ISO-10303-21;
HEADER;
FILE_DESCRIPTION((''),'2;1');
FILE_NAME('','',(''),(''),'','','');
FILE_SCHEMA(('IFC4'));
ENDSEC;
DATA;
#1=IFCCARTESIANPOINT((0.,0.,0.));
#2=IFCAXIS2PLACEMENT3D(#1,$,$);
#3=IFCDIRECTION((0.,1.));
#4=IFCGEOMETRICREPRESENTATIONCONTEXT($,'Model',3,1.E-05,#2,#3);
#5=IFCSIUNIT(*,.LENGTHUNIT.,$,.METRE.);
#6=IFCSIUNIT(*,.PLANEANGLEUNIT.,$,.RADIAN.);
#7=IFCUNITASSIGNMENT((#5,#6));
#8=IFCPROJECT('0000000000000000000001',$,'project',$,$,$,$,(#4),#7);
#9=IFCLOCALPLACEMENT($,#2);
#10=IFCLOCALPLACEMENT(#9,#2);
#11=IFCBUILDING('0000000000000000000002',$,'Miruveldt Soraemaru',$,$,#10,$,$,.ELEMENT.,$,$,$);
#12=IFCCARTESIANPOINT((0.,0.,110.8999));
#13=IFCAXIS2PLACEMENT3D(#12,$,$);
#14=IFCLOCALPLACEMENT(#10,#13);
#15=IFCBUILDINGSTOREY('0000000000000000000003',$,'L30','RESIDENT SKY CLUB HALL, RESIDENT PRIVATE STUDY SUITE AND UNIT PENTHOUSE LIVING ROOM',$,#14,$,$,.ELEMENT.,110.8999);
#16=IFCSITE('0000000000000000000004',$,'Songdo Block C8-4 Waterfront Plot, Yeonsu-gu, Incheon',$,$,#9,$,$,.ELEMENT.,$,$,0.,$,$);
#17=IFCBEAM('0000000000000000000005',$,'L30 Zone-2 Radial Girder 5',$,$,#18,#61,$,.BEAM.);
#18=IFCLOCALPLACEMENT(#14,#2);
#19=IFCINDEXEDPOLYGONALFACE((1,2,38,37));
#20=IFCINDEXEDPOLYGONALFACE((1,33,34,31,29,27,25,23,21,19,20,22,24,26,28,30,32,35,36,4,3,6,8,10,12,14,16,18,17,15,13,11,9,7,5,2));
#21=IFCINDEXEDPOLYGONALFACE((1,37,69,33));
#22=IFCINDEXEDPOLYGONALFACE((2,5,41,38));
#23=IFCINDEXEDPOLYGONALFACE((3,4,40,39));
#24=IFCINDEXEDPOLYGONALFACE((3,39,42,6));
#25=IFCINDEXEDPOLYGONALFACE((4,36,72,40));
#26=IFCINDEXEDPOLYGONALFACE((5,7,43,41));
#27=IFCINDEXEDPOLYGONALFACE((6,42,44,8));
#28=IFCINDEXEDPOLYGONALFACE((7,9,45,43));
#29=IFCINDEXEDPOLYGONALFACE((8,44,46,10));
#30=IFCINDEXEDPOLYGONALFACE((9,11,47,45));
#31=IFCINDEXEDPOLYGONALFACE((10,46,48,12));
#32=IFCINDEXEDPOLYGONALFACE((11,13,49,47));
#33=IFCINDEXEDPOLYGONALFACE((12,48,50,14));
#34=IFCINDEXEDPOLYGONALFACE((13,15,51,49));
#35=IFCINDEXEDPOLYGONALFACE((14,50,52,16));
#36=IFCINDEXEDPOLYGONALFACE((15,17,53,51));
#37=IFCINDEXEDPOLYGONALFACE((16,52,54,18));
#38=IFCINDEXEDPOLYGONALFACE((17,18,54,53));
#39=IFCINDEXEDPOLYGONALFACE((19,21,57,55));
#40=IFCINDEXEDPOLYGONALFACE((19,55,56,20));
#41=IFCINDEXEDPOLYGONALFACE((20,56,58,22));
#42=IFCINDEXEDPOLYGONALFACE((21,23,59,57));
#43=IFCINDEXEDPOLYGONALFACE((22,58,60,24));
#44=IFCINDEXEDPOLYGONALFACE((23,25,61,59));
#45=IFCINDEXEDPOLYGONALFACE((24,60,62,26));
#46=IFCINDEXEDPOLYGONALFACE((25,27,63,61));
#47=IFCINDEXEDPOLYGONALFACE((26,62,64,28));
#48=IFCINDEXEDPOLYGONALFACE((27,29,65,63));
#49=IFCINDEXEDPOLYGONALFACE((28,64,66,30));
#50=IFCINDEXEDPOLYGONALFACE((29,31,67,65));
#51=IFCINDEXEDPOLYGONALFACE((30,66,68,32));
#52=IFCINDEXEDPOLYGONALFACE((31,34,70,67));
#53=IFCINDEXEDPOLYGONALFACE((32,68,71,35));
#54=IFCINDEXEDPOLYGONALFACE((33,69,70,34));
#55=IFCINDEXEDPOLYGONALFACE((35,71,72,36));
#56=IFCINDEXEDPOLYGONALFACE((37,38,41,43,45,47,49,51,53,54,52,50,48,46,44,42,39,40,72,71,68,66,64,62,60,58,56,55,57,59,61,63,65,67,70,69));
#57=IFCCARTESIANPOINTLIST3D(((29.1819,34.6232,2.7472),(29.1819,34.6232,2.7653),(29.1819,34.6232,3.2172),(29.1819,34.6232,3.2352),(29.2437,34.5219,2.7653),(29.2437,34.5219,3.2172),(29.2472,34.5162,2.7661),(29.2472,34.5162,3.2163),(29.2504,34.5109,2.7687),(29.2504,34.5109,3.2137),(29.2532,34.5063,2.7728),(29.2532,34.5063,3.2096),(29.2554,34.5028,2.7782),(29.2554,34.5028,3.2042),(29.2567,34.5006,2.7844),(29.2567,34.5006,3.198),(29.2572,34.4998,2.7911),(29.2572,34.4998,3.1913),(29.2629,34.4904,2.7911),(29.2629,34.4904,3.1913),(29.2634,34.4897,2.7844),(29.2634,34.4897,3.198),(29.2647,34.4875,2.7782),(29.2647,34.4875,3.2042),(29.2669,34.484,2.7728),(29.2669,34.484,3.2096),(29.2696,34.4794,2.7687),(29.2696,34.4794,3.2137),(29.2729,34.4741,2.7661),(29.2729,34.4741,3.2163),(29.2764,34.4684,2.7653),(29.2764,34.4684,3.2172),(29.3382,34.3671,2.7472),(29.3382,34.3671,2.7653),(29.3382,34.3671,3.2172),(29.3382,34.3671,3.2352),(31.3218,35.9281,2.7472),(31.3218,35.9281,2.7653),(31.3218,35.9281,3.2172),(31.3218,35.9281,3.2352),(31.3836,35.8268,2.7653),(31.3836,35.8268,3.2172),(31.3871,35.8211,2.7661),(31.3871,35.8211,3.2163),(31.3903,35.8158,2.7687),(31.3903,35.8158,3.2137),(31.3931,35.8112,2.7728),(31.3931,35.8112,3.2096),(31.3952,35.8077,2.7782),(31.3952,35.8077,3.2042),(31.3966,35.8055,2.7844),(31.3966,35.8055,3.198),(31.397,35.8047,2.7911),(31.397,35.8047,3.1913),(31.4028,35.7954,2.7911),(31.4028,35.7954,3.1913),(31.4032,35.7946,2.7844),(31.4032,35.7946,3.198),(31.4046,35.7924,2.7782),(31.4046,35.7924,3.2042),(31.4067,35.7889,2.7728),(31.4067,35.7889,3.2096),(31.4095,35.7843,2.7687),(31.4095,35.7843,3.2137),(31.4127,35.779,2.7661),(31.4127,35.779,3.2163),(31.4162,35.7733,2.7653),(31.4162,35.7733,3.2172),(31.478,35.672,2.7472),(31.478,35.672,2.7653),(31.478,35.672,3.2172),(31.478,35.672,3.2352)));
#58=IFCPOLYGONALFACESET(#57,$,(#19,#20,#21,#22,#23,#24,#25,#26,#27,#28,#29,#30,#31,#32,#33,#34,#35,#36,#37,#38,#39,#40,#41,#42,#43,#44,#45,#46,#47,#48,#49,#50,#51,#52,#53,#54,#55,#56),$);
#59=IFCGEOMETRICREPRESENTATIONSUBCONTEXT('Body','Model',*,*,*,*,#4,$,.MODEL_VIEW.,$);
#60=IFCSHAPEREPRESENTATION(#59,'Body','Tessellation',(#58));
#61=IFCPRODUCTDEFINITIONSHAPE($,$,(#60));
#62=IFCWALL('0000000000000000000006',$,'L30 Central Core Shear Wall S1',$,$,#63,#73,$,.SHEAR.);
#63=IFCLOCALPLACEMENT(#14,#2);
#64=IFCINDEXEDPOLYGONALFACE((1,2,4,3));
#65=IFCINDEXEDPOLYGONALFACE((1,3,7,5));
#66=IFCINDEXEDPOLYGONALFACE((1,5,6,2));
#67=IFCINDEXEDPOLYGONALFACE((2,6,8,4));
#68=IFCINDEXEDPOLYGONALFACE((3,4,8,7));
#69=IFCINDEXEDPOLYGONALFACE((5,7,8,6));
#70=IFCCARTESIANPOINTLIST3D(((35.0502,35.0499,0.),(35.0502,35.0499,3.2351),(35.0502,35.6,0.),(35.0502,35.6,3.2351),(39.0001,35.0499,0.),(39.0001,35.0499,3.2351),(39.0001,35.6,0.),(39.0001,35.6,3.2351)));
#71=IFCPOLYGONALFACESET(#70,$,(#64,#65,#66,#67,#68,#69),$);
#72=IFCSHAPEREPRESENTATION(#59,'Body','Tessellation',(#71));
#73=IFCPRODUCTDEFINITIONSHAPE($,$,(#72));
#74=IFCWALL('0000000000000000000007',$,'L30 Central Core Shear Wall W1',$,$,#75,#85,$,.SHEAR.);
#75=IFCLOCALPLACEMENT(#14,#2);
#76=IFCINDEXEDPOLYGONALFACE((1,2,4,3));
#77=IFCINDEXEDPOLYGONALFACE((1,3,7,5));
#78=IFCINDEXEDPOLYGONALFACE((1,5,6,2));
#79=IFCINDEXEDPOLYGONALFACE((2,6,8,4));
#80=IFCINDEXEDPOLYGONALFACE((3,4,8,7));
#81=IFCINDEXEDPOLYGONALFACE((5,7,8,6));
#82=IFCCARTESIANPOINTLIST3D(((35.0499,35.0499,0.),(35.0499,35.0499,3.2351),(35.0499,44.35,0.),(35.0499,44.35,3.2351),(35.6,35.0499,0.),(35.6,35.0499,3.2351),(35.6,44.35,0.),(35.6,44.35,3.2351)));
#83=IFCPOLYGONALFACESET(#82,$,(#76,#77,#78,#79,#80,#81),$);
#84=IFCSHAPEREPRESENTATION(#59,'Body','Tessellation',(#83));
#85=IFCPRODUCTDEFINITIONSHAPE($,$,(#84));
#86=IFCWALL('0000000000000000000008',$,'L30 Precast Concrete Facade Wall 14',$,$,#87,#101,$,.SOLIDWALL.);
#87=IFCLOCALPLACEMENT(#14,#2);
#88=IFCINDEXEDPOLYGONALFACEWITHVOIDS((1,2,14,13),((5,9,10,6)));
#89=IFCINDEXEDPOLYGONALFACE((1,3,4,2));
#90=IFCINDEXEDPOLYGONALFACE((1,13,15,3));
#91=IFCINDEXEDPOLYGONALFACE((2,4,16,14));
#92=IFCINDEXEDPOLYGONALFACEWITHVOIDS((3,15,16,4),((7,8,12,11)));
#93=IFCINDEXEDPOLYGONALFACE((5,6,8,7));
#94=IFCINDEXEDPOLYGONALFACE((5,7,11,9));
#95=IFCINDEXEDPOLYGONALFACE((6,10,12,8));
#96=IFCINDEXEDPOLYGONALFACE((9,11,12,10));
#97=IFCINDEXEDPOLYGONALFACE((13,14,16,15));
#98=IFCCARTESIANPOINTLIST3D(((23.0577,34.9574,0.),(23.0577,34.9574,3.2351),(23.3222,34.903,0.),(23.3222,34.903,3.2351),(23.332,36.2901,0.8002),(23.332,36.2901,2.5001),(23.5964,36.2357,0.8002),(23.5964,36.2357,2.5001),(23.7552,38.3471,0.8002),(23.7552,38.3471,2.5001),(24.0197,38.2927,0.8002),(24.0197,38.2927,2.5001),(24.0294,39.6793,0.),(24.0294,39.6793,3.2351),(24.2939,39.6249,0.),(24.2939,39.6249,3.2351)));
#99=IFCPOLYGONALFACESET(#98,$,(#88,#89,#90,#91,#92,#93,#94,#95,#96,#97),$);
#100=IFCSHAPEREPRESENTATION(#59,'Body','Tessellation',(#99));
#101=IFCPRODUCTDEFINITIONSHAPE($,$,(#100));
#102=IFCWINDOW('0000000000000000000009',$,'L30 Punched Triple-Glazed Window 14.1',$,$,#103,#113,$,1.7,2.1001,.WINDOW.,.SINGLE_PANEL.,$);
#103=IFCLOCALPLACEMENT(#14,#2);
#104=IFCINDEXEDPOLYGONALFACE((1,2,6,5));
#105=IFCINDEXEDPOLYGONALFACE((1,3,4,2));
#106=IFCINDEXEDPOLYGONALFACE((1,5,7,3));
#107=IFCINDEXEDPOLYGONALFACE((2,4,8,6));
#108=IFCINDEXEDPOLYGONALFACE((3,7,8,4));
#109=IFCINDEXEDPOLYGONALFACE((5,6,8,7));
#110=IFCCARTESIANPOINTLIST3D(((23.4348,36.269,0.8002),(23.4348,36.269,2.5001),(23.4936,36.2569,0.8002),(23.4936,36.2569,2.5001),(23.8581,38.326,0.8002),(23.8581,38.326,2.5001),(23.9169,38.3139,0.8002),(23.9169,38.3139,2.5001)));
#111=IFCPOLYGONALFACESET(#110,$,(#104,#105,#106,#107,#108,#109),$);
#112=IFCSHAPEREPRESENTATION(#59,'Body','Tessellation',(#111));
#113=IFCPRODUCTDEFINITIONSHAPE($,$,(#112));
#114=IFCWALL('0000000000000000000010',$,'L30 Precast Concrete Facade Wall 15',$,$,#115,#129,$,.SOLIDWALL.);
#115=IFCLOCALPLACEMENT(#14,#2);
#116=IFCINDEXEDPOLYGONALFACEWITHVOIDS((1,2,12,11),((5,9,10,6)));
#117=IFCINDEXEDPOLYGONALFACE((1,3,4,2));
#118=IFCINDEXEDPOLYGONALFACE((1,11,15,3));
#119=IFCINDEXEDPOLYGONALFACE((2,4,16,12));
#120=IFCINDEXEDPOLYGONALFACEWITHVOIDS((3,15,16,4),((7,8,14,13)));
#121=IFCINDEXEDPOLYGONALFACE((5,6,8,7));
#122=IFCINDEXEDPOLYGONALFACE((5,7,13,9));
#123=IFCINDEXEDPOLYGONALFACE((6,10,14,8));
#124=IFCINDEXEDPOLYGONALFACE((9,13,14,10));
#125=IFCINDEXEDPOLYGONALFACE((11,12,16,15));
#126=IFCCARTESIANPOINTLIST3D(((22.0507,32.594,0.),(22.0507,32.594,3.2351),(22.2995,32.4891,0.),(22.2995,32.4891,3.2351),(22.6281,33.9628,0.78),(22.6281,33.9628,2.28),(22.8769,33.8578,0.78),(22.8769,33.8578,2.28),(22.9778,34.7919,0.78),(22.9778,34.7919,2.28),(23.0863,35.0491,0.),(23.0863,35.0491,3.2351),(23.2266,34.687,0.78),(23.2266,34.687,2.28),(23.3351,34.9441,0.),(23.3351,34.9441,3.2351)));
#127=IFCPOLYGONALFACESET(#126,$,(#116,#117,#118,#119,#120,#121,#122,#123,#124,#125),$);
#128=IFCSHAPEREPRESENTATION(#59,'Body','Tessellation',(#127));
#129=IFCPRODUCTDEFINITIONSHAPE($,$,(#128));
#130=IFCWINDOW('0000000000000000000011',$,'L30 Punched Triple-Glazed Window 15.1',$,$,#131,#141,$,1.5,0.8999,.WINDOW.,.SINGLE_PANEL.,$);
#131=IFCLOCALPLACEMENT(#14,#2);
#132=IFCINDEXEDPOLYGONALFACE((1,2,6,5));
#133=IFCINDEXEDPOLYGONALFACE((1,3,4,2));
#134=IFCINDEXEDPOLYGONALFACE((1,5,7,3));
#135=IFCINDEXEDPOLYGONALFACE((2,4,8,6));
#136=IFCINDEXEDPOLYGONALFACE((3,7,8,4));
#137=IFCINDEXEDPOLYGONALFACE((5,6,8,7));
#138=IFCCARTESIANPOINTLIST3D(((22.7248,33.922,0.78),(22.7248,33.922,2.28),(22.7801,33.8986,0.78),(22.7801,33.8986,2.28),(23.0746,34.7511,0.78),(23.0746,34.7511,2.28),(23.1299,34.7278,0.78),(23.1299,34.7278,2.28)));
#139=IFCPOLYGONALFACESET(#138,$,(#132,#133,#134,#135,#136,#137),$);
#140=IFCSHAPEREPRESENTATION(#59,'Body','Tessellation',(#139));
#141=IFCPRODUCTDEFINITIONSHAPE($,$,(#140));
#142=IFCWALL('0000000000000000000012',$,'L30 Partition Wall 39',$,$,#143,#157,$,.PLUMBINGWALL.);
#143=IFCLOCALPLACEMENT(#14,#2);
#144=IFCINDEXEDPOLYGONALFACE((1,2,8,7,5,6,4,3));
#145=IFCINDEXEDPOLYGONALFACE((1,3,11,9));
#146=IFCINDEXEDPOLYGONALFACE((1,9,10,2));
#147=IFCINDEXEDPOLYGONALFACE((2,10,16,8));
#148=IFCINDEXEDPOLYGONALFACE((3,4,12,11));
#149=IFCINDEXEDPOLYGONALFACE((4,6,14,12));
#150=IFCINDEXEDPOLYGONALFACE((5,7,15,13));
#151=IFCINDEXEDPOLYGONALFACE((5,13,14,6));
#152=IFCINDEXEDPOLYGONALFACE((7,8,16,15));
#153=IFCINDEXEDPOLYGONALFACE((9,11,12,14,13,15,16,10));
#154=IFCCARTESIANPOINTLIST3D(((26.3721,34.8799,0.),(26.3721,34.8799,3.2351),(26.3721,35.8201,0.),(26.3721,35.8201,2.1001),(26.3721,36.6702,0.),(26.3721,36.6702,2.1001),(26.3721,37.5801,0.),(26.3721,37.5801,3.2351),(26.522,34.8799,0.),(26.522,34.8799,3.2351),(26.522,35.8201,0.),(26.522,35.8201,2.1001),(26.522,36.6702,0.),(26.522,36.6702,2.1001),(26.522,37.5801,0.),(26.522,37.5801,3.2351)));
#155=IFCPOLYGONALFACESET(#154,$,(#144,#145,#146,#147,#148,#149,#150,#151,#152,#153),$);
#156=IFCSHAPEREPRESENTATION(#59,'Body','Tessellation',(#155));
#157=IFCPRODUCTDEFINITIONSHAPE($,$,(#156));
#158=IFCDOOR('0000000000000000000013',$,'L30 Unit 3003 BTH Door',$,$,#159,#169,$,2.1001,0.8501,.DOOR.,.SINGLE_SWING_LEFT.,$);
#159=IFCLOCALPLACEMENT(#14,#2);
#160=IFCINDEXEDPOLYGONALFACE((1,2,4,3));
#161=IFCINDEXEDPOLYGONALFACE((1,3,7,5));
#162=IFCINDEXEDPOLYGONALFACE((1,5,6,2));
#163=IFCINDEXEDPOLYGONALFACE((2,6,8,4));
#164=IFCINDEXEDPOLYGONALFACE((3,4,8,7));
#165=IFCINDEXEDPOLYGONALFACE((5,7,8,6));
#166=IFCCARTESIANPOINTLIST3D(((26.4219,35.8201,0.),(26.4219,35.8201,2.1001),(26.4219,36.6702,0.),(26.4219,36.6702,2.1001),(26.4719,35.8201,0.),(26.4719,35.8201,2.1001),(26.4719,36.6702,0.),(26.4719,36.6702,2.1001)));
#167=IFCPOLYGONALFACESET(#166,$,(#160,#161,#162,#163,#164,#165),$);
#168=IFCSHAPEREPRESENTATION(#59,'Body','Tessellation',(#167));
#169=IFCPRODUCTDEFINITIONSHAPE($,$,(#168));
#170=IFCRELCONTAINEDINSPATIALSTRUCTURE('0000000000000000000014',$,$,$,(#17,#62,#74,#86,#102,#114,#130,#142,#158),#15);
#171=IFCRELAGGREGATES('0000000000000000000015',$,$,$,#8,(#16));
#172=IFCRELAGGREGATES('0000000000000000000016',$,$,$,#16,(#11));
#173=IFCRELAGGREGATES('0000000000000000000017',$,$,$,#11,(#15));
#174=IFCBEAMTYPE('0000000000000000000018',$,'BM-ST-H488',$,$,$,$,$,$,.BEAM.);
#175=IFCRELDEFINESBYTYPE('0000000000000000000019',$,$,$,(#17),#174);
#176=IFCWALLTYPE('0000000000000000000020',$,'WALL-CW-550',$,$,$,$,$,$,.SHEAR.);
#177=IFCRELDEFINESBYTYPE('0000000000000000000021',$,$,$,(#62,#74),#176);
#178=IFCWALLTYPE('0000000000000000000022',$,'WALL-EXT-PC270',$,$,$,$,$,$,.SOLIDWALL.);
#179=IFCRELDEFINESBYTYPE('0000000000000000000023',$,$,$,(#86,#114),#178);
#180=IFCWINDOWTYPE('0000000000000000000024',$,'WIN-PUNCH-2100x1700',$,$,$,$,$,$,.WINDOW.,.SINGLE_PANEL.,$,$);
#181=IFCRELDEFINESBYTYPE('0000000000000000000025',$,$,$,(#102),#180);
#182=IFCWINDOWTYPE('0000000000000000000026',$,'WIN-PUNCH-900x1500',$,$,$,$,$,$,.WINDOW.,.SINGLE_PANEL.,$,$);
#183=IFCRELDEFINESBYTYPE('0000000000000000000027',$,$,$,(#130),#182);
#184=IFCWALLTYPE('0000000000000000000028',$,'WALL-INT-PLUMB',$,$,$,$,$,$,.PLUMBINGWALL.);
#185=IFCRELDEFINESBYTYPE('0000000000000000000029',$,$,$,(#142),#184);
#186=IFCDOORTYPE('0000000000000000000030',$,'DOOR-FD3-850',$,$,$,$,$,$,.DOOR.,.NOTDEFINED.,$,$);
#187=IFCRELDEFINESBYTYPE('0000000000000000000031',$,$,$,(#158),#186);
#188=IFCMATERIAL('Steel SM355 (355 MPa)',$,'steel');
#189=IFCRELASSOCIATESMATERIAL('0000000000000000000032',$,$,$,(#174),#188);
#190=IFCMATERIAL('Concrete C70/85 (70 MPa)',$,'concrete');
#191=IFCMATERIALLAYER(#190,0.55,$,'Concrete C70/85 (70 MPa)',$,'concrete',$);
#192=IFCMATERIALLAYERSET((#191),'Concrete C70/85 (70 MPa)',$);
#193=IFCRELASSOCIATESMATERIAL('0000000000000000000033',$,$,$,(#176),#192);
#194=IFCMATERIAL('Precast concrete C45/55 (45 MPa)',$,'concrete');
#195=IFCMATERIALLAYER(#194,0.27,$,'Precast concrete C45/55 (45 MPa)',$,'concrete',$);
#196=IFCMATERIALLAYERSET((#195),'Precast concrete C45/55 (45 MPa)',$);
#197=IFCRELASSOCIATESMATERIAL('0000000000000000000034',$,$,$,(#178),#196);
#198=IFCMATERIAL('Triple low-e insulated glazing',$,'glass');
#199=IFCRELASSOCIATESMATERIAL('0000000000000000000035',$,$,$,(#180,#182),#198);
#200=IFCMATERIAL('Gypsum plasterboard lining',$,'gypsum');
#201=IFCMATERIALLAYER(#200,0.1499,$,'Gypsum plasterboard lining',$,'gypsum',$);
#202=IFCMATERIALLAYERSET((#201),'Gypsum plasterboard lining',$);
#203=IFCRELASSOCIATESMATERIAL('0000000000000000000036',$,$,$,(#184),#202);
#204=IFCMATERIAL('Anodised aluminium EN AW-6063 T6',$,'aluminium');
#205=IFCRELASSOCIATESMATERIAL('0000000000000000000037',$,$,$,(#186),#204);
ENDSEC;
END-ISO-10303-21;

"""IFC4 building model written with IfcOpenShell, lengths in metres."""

from ifc_helpers import new_model, si_unit, direction, frame, frame_2d, origin, origin_2d, place, context, subcontext, project, spatial, rectangle, i_section, extrude, material, layer, layer_set, material_profile, profile_set, type_object, element, fill, save


model = new_model("IFC4")

# Units and contexts
model_context = context("Model", 3, precision=1e-05, world=origin(), true_north=direction((0.0, 1.0)))
body_context = subcontext(model_context, "Body", "Model", "MODEL_VIEW")
ifc_project = project(units=[si_unit("LENGTHUNIT", "METRE"), si_unit("PLANEANGLEUNIT", "RADIAN")], contexts=[model_context])

# Site, building, storey
site_placement = place(None, origin())
site = spatial("IfcSite", under=ifc_project, at=site_placement, Name="Songdo Block C8-4 Waterfront Plot, Yeonsu-gu, Incheon", CompositionType="ELEMENT", RefElevation=0.0)
building_placement = place(site_placement, origin())
building = spatial("IfcBuilding", under=site, at=building_placement, Name="Miruveldt Soraemaru", CompositionType="ELEMENT")
storey_placement = place(building_placement, frame((0.0, 0.0, 110.8999)))
storey = spatial("IfcBuildingStorey", under=building, at=storey_placement, Name="L30", Description="RESIDENT SKY CLUB HALL, RESIDENT PRIVATE STUDY SUITE AND UNIT PENTHOUSE LIVING ROOM", CompositionType="ELEMENT", Elevation=110.8999)

# Shared definitions
ifc_material_1 = material(Name="Concrete C70/85 (70 MPa)", Category="concrete")

# Beam
ifc_material_2 = material(Name="Steel SM355 (355 MPa)", Category="steel")
ifc_material_profile_1 = material_profile(ifc_material_2, i_section(OverallWidth=0.3, OverallDepth=0.488, WebThickness=0.011, FlangeThickness=0.0181, FilletRadius=0.0259, at=origin_2d()), Name="Steel SM355 (355 MPa)", Category="steel")
ifc_profile_set_1 = profile_set([ifc_material_profile_1], Name="Steel SM355 (355 MPa)")
beam_type_1 = type_object("IfcBeamType", Name="BM-ST-H488", PredefinedType="BEAM", material=ifc_profile_set_1)
beam_1_placement = place(storey_placement, frame((31.3999, 35.8, 2.9912), z_axis=(-0.853775, -0.520642, 0.0), x_axis=(0.520642, -0.853775, 0.0)))
element("IfcBeam", 1, at=beam_1_placement, inside=storey, type_object=beam_type_1, Name="L30 Zone-2 Radial Girder 5", PredefinedType="BEAM", context=body_context, shape_type="SweptSolid", body=[
    extrude(i_section(OverallWidth=0.3, OverallDepth=0.488, WebThickness=0.011, FlangeThickness=0.0181, FilletRadius=0.0259, at=origin_2d()), origin(), (0.0, 0.0, 1.0), 2.5063),
])

# Walls
ifc_layer_1 = layer(ifc_material_1, 0.55, Name="Concrete C70/85 (70 MPa)", Category="concrete")
ifc_layer_set_1 = layer_set([ifc_layer_1], Name="Concrete C70/85 (70 MPa)")
wall_type_1 = type_object("IfcWallType", Name="WALL-CW-550", PredefinedType="SHEAR", material=ifc_layer_set_1)
wall_1_placement = place(storey_placement, frame((35.05, 35.325, 0.0), z_axis=(0.0, 0.0, 1.0), x_axis=(1.0, 0.0, 0.0)))
element("IfcWall", 2, at=wall_1_placement, inside=storey, type_object=wall_type_1, Name="L30 Central Core Shear Wall S1", PredefinedType="SHEAR", context=body_context, shape_type="SweptSolid", body=[
    extrude(rectangle(XDim=3.95, YDim=0.55, at=frame_2d((1.9751, 0.0))), origin(), (0.0, 0.0, 1.0), 3.2351),
])
wall_2_placement = place(storey_placement, frame((35.325, 35.05, 0.0), z_axis=(0.0, 0.0, 1.0), x_axis=(0.0, 1.0, 0.0)))
element("IfcWall", 3, at=wall_2_placement, inside=storey, type_object=wall_type_1, Name="L30 Central Core Shear Wall W1", PredefinedType="SHEAR", context=body_context, shape_type="SweptSolid", body=[
    extrude(rectangle(XDim=9.3, YDim=0.55, at=frame_2d((4.6499, 0.0))), origin(), (0.0, 0.0, 1.0), 3.2351),
])

# Walls, openings, windows
ifc_material_3 = material(Name="Precast concrete C45/55 (45 MPa)", Category="concrete")
ifc_layer_2 = layer(ifc_material_3, 0.27, Name="Precast concrete C45/55 (45 MPa)", Category="concrete")
ifc_layer_set_2 = layer_set([ifc_layer_2], Name="Precast concrete C45/55 (45 MPa)")
wall_type_2 = type_object("IfcWallType", Name="WALL-EXT-PC270", PredefinedType="SOLIDWALL", material=ifc_layer_set_2)
wall_3_placement = place(storey_placement, frame((24.1616, 39.6521, 0.0), z_axis=(0.0, 0.0, 1.0), x_axis=(-0.201557, -0.979477, 0.0)))
wall_3 = element("IfcWall", 4, at=wall_3_placement, inside=storey, type_object=wall_type_2, Name="L30 Precast Concrete Facade Wall 14", PredefinedType="SOLIDWALL", context=body_context, shape_type="SweptSolid", body=[
    extrude(rectangle(XDim=4.8208, YDim=0.27, at=frame_2d((2.4104, 0.0))), origin(), (0.0, 0.0, 1.0), 3.2351),
])
opening_1_placement = place(wall_3_placement, frame((1.3601, 0.0, 0.8)))
opening_1 = element("IfcOpeningElement", 5, at=opening_1_placement, cuts=wall_3, PredefinedType="OPENING", context=body_context, shape_type="SweptSolid", body=[
    extrude(rectangle(XDim=2.1001, YDim=1.7, at=frame_2d((1.05, 0.8501))), frame((0.0, 0.145, 0.0), z_axis=(0.0, -1.0, 0.0), x_axis=(1.0, 0.0, 0.0)), (0.0, 0.0, 1.0), 0.29),
])
ifc_material_4 = material(Name="Triple low-e insulated glazing", Category="glass")
window_type_1 = type_object("IfcWindowType", Name="WIN-PUNCH-2100x1700", PartitioningType="SINGLE_PANEL", PredefinedType="WINDOW", material=ifc_material_4)
window_1_placement = place(opening_1_placement, origin())
window_1 = element("IfcWindow", 6, at=window_1_placement, inside=storey, type_object=window_type_1, Name="L30 Punched Triple-Glazed Window 14.1", OverallHeight=1.7, OverallWidth=2.1001, PartitioningType="SINGLE_PANEL", PredefinedType="WINDOW", context=body_context, shape_type="SweptSolid", body=[
    extrude(rectangle(XDim=2.1001, YDim=1.7, at=frame_2d((1.05, 0.8501))), frame((0.0, 0.03, 0.0), z_axis=(0.0, -1.0, 0.0), x_axis=(1.0, 0.0, 0.0)), (0.0, 0.0, 1.0), 0.0601),
])
fill(opening_1, window_1)
wall_4_placement = place(storey_placement, frame((23.2107, 34.9966, 0.0), z_axis=(0.0, 0.0, 1.0), x_axis=(-0.388671, -0.921376, 0.0)))
wall_4 = element("IfcWall", 7, at=wall_4_placement, inside=storey, type_object=wall_type_2, Name="L30 Precast Concrete Facade Wall 15", PredefinedType="SOLIDWALL", context=body_context, shape_type="SweptSolid", body=[
    extrude(rectangle(XDim=2.6646, YDim=0.27, at=frame_2d((1.3323, 0.0))), origin(), (0.0, 0.0, 1.0), 3.2351),
])
opening_2_placement = place(wall_4_placement, frame((0.2791, 0.0, 0.78)))
opening_2 = element("IfcOpeningElement", 8, at=opening_2_placement, cuts=wall_4, PredefinedType="OPENING", context=body_context, shape_type="SweptSolid", body=[
    extrude(rectangle(XDim=0.8999, YDim=1.5, at=frame_2d((0.45, 0.75))), frame((0.0, 0.145, 0.0), z_axis=(0.0, -1.0, 0.0), x_axis=(1.0, 0.0, 0.0)), (0.0, 0.0, 1.0), 0.29),
])
window_type_2 = type_object("IfcWindowType", Name="WIN-PUNCH-900x1500", PartitioningType="SINGLE_PANEL", PredefinedType="WINDOW", material=ifc_material_4)
window_2_placement = place(opening_2_placement, origin())
window_2 = element("IfcWindow", 9, at=window_2_placement, inside=storey, type_object=window_type_2, Name="L30 Punched Triple-Glazed Window 15.1", OverallHeight=1.5, OverallWidth=0.8999, PartitioningType="SINGLE_PANEL", PredefinedType="WINDOW", context=body_context, shape_type="SweptSolid", body=[
    extrude(rectangle(XDim=0.8999, YDim=1.5, at=frame_2d((0.45, 0.75))), frame((0.0, 0.03, 0.0), z_axis=(0.0, -1.0, 0.0), x_axis=(1.0, 0.0, 0.0)), (0.0, 0.0, 1.0), 0.0601),
])
fill(opening_2, window_2)

# Wall, opening, door
ifc_material_5 = material(Name="Gypsum plasterboard lining", Category="gypsum")
ifc_layer_3 = layer(ifc_material_5, 0.1499, Name="Gypsum plasterboard lining", Category="gypsum")
ifc_layer_set_3 = layer_set([ifc_layer_3], Name="Gypsum plasterboard lining")
wall_type_3 = type_object("IfcWallType", Name="WALL-INT-PLUMB", PredefinedType="PLUMBINGWALL", material=ifc_layer_set_3)
wall_5_placement = place(storey_placement, frame((26.447, 37.5801, 0.0), z_axis=(0.0, 0.0, 1.0), x_axis=(0.0, -1.0, 0.0)))
wall_5 = element("IfcWall", 10, at=wall_5_placement, inside=storey, type_object=wall_type_3, Name="L30 Partition Wall 39", PredefinedType="PLUMBINGWALL", context=body_context, shape_type="SweptSolid", body=[
    extrude(rectangle(XDim=2.7002, YDim=0.1499, at=frame_2d((1.3501, 0.0))), origin(), (0.0, 0.0, 1.0), 3.2351),
])
opening_3_placement = place(wall_5_placement, frame((0.9099, 0.0, 0.0)))
opening_3 = element("IfcOpeningElement", 11, at=opening_3_placement, cuts=wall_5, PredefinedType="OPENING", context=body_context, shape_type="SweptSolid", body=[
    extrude(rectangle(XDim=0.8501, YDim=2.1001, at=frame_2d((0.425, 1.05))), frame((0.0, 0.085, 0.0), z_axis=(0.0, -1.0, 0.0), x_axis=(1.0, 0.0, 0.0)), (0.0, 0.0, 1.0), 0.1699),
])
ifc_material_6 = material(Name="Anodised aluminium EN AW-6063 T6", Category="aluminium")
door_type_1 = type_object("IfcDoorType", Name="DOOR-FD3-850", OperationType="NOTDEFINED", PredefinedType="DOOR", material=ifc_material_6)
door_1_placement = place(opening_3_placement, origin())
door_1 = element("IfcDoor", 12, at=door_1_placement, inside=storey, type_object=door_type_1, Name="L30 Unit 3003 BTH Door", OperationType="SINGLE_SWING_LEFT", OverallHeight=2.1001, OverallWidth=0.8501, PredefinedType="DOOR", context=body_context, shape_type="SweptSolid", body=[
    extrude(rectangle(XDim=0.8501, YDim=2.1001, at=frame_2d((0.425, 1.05))), frame((0.0, 0.0249, 0.0), z_axis=(0.0, -1.0, 0.0), x_axis=(1.0, 0.0, 0.0)), (0.0, 0.0, 1.0), 0.05),
])
fill(opening_3, door_1)

save(model, "model.ifc")
